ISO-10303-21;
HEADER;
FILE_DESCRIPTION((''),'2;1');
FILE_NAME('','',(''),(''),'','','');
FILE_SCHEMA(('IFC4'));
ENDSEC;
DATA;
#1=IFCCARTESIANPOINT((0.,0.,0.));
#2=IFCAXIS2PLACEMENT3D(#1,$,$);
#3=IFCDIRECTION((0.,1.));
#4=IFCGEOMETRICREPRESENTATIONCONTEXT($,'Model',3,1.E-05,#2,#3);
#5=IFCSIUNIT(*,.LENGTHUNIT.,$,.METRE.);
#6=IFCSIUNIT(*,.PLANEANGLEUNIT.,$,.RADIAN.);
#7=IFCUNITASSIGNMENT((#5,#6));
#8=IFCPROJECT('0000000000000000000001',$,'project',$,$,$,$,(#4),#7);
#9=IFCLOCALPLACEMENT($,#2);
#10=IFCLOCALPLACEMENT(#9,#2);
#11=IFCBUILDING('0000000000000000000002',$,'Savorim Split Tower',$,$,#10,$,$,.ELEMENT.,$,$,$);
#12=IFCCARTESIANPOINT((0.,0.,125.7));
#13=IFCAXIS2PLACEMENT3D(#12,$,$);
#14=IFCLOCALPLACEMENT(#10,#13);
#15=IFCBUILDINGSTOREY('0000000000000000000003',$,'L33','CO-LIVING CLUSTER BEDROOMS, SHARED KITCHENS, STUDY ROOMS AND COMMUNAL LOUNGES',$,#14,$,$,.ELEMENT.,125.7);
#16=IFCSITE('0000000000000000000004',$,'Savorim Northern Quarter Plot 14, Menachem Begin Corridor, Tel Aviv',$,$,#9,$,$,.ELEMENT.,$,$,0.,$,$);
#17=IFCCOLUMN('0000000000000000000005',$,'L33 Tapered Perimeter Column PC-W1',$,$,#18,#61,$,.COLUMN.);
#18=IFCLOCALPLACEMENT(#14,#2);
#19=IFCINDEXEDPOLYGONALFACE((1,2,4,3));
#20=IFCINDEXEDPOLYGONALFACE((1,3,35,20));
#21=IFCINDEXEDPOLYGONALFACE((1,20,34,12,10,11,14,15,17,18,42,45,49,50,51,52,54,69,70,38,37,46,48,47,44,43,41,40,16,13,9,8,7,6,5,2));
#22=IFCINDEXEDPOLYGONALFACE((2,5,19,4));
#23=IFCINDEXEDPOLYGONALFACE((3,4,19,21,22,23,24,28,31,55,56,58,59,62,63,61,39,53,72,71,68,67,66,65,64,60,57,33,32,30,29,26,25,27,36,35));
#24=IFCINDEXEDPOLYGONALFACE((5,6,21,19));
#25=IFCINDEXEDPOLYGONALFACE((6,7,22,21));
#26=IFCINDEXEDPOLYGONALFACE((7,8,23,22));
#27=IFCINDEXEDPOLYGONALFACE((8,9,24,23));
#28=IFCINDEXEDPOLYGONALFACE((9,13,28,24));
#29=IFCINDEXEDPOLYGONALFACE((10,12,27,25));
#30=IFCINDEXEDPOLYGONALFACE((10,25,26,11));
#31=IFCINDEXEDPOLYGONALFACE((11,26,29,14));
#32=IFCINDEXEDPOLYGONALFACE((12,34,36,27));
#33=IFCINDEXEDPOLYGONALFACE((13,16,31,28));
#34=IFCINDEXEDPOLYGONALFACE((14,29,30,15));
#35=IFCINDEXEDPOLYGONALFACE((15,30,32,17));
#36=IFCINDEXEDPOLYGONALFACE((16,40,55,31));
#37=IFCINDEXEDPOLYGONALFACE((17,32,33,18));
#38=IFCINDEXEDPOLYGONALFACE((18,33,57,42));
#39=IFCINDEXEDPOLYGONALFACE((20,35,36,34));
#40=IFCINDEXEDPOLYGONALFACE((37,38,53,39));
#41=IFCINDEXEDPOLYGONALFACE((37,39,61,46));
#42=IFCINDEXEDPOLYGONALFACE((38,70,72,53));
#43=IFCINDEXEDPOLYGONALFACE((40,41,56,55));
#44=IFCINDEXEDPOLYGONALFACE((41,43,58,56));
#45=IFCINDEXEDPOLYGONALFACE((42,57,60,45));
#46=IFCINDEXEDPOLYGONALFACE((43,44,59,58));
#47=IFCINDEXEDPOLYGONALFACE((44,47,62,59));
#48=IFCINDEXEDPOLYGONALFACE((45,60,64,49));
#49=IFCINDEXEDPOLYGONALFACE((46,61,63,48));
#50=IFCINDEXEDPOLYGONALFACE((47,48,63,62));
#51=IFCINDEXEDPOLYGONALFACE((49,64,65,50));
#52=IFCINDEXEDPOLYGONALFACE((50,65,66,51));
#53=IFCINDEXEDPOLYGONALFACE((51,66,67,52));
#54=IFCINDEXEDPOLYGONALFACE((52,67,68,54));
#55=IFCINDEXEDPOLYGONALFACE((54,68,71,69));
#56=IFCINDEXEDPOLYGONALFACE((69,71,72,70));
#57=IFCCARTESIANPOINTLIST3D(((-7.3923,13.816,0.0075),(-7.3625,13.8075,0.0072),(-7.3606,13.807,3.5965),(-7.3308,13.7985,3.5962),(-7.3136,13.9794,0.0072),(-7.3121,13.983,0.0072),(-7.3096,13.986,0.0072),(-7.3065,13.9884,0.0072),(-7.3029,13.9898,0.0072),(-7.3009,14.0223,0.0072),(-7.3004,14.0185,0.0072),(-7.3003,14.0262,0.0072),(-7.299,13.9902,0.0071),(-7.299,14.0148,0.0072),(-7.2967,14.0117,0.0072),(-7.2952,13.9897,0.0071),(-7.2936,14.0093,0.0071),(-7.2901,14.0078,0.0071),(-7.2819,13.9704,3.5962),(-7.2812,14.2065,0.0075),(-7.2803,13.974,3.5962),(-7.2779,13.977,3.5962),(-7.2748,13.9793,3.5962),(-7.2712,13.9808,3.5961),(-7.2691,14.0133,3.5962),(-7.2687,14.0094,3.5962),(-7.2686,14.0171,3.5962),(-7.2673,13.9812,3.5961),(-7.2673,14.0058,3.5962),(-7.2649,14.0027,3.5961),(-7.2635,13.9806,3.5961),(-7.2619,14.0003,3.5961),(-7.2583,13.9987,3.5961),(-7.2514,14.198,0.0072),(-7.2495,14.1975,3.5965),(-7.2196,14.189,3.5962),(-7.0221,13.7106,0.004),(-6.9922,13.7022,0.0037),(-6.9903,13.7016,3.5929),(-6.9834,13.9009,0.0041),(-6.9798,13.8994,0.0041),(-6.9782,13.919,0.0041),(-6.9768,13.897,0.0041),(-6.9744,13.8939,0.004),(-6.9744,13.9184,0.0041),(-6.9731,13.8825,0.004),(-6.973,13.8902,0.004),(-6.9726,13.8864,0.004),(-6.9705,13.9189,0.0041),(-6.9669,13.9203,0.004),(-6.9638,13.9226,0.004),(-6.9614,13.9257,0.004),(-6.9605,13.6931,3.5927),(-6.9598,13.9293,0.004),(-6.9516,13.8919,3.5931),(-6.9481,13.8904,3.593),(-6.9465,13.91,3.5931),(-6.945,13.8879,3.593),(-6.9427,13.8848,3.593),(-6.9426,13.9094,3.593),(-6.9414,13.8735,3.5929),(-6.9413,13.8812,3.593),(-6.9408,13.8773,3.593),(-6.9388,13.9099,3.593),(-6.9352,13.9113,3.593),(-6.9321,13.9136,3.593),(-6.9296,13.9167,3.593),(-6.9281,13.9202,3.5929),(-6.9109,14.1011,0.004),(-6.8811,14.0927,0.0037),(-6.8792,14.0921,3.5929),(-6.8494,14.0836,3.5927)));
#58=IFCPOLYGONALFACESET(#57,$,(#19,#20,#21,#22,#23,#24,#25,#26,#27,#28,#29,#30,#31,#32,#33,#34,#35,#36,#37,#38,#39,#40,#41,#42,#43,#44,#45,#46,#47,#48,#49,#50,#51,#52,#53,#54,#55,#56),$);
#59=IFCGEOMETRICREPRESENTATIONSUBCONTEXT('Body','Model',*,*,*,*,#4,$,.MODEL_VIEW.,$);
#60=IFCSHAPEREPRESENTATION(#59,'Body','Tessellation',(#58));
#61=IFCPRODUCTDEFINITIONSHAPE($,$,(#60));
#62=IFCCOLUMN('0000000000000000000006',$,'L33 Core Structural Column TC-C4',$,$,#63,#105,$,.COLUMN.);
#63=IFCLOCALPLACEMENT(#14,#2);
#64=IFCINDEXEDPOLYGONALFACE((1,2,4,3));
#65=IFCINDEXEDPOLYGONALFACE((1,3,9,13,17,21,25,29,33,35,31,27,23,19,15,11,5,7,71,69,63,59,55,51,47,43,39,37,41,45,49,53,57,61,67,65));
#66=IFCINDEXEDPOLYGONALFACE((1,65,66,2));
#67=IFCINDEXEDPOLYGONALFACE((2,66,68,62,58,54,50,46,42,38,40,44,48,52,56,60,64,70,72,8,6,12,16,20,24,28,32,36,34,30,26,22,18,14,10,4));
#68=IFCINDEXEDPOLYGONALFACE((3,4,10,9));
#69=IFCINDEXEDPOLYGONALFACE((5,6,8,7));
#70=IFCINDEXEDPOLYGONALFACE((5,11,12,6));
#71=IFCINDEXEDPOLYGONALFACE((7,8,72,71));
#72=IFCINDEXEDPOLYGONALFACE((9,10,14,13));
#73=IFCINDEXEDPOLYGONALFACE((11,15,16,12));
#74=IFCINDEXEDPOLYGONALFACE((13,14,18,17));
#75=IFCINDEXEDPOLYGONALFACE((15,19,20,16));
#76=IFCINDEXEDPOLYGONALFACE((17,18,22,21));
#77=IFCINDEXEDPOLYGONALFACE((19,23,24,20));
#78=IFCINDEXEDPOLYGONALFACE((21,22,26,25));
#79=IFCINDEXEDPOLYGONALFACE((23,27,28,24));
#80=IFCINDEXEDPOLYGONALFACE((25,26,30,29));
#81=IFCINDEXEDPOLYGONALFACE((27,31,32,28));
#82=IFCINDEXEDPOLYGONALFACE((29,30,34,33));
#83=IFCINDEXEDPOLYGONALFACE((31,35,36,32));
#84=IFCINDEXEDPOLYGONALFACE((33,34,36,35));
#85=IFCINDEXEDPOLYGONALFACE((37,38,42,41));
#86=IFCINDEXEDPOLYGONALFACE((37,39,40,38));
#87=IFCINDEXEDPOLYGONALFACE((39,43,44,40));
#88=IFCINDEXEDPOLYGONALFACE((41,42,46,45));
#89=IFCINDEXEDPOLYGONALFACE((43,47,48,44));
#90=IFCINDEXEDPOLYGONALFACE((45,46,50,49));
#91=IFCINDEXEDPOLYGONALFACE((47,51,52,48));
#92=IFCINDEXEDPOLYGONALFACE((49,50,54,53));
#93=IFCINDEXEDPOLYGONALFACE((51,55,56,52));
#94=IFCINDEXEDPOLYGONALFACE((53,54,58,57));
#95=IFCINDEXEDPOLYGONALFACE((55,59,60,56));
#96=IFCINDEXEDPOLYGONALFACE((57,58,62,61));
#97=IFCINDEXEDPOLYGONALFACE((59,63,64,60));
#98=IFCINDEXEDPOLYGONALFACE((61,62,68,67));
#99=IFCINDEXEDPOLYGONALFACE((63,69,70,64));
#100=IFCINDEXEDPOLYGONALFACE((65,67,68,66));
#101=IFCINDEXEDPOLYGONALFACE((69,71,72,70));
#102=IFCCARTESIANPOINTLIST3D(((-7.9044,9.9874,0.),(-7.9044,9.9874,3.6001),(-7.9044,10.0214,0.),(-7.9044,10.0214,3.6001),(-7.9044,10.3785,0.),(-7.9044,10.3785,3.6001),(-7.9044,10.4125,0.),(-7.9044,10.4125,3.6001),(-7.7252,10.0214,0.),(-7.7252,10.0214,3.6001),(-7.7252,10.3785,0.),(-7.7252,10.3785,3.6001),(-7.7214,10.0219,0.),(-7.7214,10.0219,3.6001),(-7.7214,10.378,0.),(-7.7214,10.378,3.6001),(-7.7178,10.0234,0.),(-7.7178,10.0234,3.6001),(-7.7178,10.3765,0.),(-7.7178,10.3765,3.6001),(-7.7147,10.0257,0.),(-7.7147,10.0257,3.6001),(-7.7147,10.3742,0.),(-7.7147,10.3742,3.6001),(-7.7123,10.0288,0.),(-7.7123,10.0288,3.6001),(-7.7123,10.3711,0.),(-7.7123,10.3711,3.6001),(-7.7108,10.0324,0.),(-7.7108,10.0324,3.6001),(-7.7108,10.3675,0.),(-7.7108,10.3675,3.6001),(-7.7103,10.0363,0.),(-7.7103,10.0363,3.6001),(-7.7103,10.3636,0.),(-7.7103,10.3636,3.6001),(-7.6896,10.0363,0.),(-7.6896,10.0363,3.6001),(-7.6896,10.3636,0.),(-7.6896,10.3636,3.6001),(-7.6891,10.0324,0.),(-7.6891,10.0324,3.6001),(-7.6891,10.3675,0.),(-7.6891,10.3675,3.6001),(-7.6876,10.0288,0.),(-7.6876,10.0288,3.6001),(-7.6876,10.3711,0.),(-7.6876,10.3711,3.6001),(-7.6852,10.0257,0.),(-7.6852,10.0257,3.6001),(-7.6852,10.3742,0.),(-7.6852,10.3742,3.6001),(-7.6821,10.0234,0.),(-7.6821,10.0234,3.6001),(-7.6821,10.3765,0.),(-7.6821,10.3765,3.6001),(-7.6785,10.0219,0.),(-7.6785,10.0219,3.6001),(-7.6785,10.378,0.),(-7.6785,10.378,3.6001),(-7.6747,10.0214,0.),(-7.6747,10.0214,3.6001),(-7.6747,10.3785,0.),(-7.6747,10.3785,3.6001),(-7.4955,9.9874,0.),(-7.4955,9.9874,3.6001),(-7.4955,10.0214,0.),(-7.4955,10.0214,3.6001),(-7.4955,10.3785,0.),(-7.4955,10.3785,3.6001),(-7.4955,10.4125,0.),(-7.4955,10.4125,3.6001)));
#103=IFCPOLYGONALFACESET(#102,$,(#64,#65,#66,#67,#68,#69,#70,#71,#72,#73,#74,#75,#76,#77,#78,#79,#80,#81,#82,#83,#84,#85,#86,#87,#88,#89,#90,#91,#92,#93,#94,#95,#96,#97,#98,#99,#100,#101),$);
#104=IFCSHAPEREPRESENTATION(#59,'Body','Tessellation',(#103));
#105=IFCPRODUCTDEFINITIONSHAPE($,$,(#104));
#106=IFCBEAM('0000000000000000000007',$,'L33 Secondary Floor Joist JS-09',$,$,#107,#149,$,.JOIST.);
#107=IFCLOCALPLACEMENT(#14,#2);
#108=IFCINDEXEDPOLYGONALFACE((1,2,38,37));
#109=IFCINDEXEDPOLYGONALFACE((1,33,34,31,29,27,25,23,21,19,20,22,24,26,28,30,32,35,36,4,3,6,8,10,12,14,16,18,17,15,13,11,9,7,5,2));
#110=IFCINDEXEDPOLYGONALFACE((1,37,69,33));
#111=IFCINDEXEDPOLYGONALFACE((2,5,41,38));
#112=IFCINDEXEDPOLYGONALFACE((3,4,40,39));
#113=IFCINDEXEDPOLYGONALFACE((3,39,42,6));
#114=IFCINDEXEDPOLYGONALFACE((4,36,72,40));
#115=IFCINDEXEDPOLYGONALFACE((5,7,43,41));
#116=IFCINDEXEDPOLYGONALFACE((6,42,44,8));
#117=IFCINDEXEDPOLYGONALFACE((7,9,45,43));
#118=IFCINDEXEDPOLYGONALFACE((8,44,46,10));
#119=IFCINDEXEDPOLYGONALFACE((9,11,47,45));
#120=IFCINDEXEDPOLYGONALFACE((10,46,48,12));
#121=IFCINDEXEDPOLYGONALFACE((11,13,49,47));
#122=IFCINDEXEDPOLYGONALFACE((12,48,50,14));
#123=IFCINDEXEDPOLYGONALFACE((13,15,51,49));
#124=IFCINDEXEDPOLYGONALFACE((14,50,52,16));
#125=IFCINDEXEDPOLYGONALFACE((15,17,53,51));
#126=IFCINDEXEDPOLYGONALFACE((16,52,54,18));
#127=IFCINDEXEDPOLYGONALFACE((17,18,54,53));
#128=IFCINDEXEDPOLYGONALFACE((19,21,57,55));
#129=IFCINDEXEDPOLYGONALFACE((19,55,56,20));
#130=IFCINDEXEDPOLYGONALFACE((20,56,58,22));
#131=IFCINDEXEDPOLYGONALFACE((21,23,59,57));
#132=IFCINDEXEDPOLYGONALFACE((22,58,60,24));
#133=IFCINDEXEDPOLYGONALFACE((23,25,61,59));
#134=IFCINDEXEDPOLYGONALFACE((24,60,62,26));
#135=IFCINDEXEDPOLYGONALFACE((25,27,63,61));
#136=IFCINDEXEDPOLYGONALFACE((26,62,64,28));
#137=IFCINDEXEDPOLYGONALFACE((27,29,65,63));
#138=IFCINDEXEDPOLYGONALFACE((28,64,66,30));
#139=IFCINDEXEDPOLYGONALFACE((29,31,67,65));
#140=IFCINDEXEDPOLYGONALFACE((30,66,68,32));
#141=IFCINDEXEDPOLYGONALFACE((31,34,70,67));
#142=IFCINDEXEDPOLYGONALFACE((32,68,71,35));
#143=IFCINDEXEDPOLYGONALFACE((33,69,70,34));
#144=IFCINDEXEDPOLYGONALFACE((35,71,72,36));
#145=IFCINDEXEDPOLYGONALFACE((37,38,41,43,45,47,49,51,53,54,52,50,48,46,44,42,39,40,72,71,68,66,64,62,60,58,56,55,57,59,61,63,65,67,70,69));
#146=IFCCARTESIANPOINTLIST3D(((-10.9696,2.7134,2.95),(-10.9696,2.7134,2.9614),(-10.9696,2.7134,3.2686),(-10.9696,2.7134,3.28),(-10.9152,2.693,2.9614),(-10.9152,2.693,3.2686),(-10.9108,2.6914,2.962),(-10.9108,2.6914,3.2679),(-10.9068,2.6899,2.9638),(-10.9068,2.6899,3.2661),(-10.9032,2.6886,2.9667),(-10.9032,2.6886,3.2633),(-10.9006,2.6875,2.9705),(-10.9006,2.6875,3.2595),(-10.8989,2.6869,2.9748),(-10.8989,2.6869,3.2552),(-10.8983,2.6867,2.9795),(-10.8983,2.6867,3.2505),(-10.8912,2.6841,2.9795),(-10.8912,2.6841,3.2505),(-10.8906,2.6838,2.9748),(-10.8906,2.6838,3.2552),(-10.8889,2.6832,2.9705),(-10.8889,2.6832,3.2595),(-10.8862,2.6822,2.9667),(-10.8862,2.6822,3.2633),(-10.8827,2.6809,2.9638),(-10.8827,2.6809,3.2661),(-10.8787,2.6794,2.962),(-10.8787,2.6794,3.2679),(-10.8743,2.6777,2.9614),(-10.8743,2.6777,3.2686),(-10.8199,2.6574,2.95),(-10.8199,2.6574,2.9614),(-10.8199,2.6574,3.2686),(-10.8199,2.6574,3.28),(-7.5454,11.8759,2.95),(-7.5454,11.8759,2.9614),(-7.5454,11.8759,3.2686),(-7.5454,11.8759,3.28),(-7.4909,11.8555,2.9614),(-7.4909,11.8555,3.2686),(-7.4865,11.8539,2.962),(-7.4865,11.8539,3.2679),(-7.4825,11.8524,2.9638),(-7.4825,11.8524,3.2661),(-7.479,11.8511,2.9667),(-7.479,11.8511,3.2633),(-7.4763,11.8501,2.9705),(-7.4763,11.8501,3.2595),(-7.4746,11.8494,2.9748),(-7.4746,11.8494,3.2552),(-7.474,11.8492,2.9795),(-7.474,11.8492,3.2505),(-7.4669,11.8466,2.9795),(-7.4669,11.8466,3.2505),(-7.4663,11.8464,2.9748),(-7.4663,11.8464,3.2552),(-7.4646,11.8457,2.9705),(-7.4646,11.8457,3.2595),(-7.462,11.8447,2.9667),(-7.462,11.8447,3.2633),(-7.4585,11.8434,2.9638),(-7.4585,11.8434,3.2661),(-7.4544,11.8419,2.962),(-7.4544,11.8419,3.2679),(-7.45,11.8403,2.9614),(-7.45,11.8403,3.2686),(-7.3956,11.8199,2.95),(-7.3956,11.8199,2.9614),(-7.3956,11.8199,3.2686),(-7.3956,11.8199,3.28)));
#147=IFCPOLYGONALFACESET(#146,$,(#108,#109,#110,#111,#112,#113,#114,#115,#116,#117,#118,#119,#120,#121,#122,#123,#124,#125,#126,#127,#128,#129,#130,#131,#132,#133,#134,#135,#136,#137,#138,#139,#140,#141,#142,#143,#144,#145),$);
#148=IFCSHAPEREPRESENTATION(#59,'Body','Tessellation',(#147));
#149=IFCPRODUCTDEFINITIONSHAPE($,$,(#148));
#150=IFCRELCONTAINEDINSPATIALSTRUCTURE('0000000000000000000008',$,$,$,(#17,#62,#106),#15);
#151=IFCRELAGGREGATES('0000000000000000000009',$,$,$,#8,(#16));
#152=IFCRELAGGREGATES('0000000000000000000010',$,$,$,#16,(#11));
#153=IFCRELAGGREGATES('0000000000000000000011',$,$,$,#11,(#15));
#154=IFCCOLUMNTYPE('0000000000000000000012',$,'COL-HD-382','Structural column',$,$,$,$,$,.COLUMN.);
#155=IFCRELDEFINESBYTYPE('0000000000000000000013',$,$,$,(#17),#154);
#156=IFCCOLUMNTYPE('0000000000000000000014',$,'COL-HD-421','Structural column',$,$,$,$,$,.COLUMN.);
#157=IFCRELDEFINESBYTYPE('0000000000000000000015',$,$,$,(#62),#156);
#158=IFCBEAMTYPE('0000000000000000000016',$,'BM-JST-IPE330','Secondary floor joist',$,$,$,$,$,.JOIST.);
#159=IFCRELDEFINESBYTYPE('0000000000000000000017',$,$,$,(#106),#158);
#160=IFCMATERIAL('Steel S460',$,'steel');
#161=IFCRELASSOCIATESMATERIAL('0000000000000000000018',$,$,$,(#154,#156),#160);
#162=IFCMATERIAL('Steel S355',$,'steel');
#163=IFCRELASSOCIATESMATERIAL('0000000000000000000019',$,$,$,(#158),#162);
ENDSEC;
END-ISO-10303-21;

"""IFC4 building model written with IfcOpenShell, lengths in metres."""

from ifc_helpers import new_model, si_unit, direction, frame, origin, origin_2d, place, context, subcontext, project, spatial, i_section, extrude, material, material_profile, profile_set, type_object, element, save


model = new_model("IFC4")

# Units and contexts
model_context = context("Model", 3, precision=1e-05, world=origin(), true_north=direction((0.0, 1.0)))
body_context = subcontext(model_context, "Body", "Model", "MODEL_VIEW")
ifc_project = project(units=[si_unit("LENGTHUNIT", "METRE"), si_unit("PLANEANGLEUNIT", "RADIAN")], contexts=[model_context])

# Site, building, storey
site_placement = place(None, origin())
site = spatial("IfcSite", under=ifc_project, at=site_placement, Name="Savorim Northern Quarter Plot 14, Menachem Begin Corridor, Tel Aviv", CompositionType="ELEMENT", RefElevation=0.0)
building_placement = place(site_placement, origin())
building = spatial("IfcBuilding", under=site, at=building_placement, Name="Savorim Split Tower", CompositionType="ELEMENT")
storey_placement = place(building_placement, frame((0.0, 0.0, 125.7)))
storey = spatial("IfcBuildingStorey", under=building, at=storey_placement, Name="L33", Description="CO-LIVING CLUSTER BEDROOMS, SHARED KITCHENS, STUDY ROOMS AND COMMUNAL LOUNGES", CompositionType="ELEMENT", Elevation=125.7)

# Columns
ifc_material_1 = material(Name="Steel S460", Category="steel")
ifc_material_profile_1 = material_profile(ifc_material_1, i_section(OverallWidth=0.406, OverallDepth=0.416, WebThickness=0.0188, FlangeThickness=0.031, FilletRadius=0.0149, at=origin_2d()), Name="HD 400x382")
ifc_profile_set_1 = profile_set([ifc_material_profile_1], Name="Steel S460")
column_type_1 = type_object("IfcColumnType", Name="COL-HD-382", Description="Structural column", PredefinedType="COLUMN", material=ifc_profile_set_1)
column_1_placement = place(storey_placement, frame((-7.1367, 13.9543, 0.0056), z_axis=(0.008843, -0.002517, 0.999958), x_axis=(0.273744, 0.961803, 0.0)))
element("IfcColumn", 1, at=column_1_placement, inside=storey, type_object=column_type_1, Name="L33 Tapered Perimeter Column PC-W1", PredefinedType="COLUMN", context=body_context, shape_type="SweptSolid", body=[
    extrude(i_section(OverallWidth=0.406, OverallDepth=0.416, WebThickness=0.0188, FlangeThickness=0.031, FilletRadius=0.0149, at=origin_2d()), origin(), (0.0, 0.0, 1.0), 3.5891),
])
ifc_material_profile_2 = material_profile(ifc_material_1, i_section(OverallWidth=0.4089, OverallDepth=0.425, WebThickness=0.0208, FlangeThickness=0.0339, FilletRadius=0.0149, at=origin_2d()), Name="HD 400x421")
ifc_profile_set_2 = profile_set([ifc_material_profile_2], Name="Steel S460")
column_type_2 = type_object("IfcColumnType", Name="COL-HD-421", Description="Structural column", PredefinedType="COLUMN", material=ifc_profile_set_2)
column_2_placement = place(storey_placement, frame((-7.7, 10.2, 0.0), z_axis=(0.0, 0.0, 1.0), x_axis=(1.0, 0.0, 0.0)))
element("IfcColumn", 2, at=column_2_placement, inside=storey, type_object=column_type_2, Name="L33 Core Structural Column TC-C4", PredefinedType="COLUMN", context=body_context, shape_type="SweptSolid", body=[
    extrude(i_section(OverallWidth=0.4089, OverallDepth=0.425, WebThickness=0.0208, FlangeThickness=0.0339, FilletRadius=0.0149, at=origin_2d()), origin(), (0.0, 0.0, 1.0), 3.6001),
])

# Beam
ifc_material_2 = material(Name="Steel S355", Category="steel")
ifc_material_profile_3 = material_profile(ifc_material_2, i_section(OverallWidth=0.1599, OverallDepth=0.3301, WebThickness=0.0076, FlangeThickness=0.0115, FilletRadius=0.0181, at=origin_2d()), Name="IPE 330")
ifc_profile_set_3 = profile_set([ifc_material_profile_3], Name="Steel S355")
beam_type_1 = type_object("IfcBeamType", Name="BM-JST-IPE330", Description="Secondary floor joist", PredefinedType="JOIST", material=ifc_profile_set_3)
beam_1_placement = place(storey_placement, frame((-7.4705, 11.8479, 3.115), z_axis=(-0.350078, -0.93672, 0.0), x_axis=(0.93672, -0.350078, 0.0)))
element("IfcBeam", 3, at=beam_1_placement, inside=storey, type_object=beam_type_1, Name="L33 Secondary Floor Joist JS-09", PredefinedType="JOIST", context=body_context, shape_type="SweptSolid", body=[
    extrude(i_section(OverallWidth=0.1599, OverallDepth=0.3301, WebThickness=0.0076, FlangeThickness=0.0115, FilletRadius=0.0181, at=origin_2d()), origin(), (0.0, 0.0, 1.0), 9.7815),
])

save(model, "model.ifc")
